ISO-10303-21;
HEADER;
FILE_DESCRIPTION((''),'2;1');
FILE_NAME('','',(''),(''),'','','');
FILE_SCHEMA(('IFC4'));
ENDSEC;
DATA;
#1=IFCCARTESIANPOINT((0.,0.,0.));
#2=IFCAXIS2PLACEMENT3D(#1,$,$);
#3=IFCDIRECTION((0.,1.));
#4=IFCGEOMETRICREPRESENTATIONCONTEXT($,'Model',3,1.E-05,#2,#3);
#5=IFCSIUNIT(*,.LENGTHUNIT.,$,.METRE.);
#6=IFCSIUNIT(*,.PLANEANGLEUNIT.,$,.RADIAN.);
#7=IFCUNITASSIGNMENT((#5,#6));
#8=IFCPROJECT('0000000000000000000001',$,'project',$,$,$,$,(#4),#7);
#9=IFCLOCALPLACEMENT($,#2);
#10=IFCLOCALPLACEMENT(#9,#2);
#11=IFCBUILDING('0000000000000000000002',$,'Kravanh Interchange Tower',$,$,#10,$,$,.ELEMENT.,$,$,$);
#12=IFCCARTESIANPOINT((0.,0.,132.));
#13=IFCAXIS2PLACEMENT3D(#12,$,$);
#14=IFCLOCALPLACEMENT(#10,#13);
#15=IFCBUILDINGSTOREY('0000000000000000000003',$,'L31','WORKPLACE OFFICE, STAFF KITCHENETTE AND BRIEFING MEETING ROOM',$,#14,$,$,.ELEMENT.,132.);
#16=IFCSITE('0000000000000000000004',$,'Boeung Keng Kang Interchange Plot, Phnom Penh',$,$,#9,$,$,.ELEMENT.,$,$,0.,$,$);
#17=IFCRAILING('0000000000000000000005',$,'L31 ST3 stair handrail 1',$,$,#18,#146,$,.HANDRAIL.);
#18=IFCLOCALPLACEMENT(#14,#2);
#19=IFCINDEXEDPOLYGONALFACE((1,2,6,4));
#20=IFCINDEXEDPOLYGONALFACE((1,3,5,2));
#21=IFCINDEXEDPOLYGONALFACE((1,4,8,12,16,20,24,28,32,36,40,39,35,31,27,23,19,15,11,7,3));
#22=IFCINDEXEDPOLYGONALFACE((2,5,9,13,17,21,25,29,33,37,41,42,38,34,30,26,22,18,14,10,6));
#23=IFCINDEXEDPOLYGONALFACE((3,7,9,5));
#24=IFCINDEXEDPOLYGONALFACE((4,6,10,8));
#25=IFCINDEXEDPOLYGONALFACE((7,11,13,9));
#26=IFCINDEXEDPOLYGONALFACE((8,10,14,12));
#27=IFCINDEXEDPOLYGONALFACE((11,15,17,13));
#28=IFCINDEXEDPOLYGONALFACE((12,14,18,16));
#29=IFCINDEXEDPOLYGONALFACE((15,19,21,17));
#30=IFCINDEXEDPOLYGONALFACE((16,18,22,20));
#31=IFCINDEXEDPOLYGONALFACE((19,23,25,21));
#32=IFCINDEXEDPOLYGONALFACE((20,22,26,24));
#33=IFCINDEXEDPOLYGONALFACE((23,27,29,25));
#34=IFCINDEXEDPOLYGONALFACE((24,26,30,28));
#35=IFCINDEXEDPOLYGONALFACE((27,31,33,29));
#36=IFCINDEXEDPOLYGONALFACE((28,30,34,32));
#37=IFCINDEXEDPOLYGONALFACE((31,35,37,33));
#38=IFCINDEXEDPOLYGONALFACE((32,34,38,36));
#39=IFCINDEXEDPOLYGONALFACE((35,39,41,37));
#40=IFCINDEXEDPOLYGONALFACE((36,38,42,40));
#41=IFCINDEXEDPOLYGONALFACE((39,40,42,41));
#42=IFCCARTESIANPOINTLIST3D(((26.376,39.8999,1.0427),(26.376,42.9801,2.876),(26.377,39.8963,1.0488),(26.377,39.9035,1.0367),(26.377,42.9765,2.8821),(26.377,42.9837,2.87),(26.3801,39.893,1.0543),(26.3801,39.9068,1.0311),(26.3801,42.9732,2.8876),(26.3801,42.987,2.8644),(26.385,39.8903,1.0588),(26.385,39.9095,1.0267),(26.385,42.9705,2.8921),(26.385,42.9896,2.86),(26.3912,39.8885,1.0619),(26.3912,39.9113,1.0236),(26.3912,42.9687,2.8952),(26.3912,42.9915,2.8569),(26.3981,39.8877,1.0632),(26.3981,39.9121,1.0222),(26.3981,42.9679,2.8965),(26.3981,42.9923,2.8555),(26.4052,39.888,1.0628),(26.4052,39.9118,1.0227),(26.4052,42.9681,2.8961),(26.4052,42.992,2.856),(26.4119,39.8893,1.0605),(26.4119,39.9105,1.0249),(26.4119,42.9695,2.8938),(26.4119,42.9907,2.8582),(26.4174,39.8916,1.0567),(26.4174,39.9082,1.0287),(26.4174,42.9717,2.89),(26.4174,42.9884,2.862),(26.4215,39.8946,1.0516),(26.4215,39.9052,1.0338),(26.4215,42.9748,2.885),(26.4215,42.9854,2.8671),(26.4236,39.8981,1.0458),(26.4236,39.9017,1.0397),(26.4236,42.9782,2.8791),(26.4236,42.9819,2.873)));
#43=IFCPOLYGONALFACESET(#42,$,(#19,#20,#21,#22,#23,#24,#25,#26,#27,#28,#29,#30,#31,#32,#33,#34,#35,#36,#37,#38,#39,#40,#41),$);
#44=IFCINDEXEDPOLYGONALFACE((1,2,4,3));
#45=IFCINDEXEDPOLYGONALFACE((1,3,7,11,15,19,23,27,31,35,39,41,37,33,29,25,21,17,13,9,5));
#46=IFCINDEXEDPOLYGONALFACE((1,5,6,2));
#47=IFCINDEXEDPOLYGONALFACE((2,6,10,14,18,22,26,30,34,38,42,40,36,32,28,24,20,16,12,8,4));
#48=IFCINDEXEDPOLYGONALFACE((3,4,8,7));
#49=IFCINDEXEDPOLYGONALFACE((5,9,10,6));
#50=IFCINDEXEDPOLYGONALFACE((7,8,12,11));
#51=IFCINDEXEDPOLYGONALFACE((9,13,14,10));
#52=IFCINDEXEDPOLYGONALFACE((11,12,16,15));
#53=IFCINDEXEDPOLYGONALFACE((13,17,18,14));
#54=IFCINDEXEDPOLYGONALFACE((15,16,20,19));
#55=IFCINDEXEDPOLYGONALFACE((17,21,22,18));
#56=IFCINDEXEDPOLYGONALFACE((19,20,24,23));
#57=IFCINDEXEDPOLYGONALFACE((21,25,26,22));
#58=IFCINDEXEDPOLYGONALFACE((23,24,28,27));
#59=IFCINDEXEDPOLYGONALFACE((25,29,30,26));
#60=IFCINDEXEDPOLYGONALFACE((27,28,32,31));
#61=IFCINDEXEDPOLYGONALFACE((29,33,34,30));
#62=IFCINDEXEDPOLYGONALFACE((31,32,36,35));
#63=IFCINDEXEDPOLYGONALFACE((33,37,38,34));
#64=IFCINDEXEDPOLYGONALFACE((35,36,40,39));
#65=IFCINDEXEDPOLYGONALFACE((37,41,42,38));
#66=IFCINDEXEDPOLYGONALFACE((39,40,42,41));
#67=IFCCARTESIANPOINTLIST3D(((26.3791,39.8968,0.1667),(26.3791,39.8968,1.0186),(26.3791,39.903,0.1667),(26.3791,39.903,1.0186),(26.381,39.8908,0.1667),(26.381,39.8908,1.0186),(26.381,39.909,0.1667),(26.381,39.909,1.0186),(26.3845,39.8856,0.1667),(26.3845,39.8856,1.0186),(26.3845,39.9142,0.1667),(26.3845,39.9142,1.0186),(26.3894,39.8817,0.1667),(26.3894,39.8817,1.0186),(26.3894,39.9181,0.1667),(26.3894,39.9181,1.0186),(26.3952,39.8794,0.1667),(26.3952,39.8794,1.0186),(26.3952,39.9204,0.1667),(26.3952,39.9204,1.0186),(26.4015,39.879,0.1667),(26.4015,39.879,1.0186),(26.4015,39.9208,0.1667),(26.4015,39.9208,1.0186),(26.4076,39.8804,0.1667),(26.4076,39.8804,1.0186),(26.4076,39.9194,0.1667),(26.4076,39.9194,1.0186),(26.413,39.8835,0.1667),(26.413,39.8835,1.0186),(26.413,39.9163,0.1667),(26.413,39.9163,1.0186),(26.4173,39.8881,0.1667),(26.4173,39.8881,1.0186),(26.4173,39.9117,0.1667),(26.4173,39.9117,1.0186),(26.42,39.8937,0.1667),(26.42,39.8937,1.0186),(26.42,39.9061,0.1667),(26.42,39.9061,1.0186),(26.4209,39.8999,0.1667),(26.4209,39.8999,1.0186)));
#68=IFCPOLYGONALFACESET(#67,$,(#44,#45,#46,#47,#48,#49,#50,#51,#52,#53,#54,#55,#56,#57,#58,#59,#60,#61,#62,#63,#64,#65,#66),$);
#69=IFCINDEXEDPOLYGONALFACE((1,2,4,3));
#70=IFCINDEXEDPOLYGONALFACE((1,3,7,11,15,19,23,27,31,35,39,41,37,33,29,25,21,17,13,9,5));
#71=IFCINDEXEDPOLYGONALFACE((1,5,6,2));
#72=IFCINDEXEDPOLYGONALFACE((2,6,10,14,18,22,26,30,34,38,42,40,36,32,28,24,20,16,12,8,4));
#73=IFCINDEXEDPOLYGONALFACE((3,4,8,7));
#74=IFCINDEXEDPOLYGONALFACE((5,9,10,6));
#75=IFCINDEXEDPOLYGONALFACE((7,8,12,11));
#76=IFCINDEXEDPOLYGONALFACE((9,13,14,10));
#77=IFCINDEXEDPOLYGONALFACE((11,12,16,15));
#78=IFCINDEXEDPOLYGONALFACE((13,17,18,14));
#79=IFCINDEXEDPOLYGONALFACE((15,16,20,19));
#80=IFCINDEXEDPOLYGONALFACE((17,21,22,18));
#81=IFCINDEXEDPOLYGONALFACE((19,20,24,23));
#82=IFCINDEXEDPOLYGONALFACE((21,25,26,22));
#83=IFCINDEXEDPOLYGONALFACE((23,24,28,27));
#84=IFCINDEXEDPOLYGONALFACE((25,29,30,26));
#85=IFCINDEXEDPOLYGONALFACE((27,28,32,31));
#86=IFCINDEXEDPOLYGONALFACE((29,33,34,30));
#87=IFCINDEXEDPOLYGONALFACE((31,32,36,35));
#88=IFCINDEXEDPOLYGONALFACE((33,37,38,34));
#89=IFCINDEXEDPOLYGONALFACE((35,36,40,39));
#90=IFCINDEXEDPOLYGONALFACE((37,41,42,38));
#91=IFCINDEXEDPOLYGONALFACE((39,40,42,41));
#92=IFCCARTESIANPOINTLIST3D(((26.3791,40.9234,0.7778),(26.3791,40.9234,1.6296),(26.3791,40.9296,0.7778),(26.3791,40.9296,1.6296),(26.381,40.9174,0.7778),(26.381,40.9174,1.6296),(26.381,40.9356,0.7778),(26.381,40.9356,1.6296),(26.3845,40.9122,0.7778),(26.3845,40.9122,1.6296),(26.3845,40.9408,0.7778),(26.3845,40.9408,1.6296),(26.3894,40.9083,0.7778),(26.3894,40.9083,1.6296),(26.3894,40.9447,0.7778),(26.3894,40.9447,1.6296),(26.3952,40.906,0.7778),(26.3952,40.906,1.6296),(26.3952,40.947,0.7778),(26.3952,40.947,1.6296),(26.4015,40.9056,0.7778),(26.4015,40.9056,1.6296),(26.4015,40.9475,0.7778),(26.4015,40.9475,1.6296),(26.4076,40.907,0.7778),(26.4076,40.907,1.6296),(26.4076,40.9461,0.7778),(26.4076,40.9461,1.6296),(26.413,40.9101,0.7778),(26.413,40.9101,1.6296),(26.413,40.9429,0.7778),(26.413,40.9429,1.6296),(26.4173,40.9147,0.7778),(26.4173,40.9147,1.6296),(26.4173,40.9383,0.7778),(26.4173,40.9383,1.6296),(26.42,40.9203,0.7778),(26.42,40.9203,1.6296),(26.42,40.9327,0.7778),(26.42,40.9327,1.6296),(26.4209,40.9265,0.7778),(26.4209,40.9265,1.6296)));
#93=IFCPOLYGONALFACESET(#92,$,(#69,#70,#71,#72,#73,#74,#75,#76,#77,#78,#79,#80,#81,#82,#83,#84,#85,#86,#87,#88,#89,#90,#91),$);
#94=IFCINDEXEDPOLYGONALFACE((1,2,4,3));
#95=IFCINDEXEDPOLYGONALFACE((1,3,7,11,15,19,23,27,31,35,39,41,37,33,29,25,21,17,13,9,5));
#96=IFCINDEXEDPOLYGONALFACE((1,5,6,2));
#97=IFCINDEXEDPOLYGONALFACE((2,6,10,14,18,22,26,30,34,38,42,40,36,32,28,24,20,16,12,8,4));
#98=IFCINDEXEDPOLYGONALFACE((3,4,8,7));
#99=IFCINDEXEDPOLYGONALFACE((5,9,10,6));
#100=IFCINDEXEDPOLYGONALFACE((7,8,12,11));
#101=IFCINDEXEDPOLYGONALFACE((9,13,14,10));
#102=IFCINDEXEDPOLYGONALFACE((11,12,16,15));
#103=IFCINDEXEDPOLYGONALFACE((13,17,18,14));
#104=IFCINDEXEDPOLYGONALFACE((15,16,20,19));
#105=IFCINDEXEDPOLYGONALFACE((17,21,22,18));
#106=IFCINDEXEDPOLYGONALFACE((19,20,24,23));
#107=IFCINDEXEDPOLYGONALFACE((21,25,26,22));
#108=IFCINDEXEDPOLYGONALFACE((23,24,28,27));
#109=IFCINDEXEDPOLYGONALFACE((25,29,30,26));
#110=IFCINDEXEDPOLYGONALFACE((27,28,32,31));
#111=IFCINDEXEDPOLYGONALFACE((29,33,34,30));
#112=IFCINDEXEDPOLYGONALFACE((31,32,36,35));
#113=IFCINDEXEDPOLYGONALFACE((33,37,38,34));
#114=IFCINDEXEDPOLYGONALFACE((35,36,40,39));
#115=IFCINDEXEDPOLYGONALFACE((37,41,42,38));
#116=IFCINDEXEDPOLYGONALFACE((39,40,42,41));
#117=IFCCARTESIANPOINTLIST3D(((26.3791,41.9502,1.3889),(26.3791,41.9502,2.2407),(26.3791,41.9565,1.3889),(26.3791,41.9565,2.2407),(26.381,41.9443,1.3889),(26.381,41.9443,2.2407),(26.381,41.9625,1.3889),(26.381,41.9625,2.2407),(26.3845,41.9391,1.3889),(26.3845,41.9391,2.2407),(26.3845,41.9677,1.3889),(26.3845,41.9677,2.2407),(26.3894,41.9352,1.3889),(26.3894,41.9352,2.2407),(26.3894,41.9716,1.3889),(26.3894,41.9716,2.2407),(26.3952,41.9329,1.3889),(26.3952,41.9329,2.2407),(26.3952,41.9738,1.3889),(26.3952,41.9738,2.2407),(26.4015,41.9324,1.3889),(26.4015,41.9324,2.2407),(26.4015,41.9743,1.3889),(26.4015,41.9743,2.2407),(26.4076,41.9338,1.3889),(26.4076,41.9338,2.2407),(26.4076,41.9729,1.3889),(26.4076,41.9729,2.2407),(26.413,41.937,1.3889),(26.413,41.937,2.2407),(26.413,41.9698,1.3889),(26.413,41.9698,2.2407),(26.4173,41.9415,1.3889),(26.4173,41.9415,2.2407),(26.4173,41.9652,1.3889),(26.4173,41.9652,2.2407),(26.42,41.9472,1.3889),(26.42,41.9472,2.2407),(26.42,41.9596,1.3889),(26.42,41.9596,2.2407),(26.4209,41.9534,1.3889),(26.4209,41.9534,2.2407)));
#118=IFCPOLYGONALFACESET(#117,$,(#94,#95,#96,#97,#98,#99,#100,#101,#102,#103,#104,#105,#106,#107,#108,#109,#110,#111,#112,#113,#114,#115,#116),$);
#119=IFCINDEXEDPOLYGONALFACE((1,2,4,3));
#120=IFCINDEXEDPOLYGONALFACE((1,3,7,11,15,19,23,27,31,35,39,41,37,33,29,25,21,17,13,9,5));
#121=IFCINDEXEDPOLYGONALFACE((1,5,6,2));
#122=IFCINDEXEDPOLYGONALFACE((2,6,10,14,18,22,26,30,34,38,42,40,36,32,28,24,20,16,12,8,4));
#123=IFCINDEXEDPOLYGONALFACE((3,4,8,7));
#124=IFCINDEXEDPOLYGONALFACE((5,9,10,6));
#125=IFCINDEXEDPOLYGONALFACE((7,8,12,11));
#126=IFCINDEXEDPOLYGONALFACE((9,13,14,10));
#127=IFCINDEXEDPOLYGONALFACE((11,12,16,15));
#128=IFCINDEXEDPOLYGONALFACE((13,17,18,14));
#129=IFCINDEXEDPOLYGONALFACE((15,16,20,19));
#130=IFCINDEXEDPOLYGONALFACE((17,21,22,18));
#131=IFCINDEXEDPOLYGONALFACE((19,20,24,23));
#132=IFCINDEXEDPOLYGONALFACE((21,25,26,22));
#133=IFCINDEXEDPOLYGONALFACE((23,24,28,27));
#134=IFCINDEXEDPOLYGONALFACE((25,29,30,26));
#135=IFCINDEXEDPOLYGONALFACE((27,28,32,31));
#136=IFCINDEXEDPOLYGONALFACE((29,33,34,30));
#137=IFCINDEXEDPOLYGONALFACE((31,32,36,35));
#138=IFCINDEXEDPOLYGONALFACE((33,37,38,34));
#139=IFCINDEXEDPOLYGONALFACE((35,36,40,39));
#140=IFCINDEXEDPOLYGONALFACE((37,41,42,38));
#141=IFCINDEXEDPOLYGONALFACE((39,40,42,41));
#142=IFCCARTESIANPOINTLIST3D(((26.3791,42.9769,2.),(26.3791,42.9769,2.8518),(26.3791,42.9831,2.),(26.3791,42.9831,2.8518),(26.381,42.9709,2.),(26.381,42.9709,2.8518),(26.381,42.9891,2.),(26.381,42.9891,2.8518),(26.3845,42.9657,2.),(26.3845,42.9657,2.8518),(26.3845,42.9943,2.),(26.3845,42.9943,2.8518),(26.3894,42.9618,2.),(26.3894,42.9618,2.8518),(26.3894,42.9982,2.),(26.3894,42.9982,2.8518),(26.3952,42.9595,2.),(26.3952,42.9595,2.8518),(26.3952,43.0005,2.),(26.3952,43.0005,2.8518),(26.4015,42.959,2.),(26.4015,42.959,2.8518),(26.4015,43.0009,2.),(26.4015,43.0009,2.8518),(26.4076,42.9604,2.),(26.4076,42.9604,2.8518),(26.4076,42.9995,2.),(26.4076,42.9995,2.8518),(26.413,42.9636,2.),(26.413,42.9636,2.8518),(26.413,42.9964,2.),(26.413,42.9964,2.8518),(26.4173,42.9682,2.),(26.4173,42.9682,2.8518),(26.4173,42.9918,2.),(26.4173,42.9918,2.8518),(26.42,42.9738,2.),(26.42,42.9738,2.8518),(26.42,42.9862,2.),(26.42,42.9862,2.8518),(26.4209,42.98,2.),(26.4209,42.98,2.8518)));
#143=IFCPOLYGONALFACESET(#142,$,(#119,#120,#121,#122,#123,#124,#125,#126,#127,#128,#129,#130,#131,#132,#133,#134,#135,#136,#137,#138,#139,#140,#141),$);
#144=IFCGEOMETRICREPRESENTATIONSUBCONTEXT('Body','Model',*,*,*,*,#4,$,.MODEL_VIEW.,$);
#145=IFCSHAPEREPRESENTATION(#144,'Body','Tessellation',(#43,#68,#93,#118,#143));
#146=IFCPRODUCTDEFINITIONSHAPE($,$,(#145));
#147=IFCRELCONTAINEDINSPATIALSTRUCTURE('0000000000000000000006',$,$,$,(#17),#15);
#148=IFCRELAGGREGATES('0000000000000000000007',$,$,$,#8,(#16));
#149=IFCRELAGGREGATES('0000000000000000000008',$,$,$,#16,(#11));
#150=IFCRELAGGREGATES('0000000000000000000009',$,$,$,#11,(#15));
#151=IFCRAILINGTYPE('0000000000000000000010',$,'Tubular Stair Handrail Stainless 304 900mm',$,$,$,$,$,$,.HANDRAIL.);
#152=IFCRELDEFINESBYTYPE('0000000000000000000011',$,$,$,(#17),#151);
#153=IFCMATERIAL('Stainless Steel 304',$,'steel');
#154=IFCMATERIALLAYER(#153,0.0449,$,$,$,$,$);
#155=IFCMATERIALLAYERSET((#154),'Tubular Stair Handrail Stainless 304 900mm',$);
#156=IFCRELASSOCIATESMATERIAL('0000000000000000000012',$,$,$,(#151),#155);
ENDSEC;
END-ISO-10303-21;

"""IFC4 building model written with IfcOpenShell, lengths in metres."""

from ifc_helpers import new_model, si_unit, direction, frame, origin, origin_2d, place, context, subcontext, project, spatial, circle, extrude, material, layer, layer_set, type_object, element, save


model = new_model("IFC4")

# Units and contexts
model_context = context("Model", 3, precision=1e-05, world=origin(), true_north=direction((0.0, 1.0)))
body_context = subcontext(model_context, "Body", "Model", "MODEL_VIEW")
ifc_project = project(units=[si_unit("LENGTHUNIT", "METRE"), si_unit("PLANEANGLEUNIT", "RADIAN")], contexts=[model_context])

# Site, building, storey
site_placement = place(None, origin())
site = spatial("IfcSite", under=ifc_project, at=site_placement, Name="Boeung Keng Kang Interchange Plot, Phnom Penh", CompositionType="ELEMENT", RefElevation=0.0)
building_placement = place(site_placement, origin())
building = spatial("IfcBuilding", under=site, at=building_placement, Name="Kravanh Interchange Tower", CompositionType="ELEMENT")
storey_placement = place(building_placement, frame((0.0, 0.0, 132.0)))
storey = spatial("IfcBuildingStorey", under=building, at=storey_placement, Name="L31", Description="WORKPLACE OFFICE, STAFF KITCHENETTE AND BRIEFING MEETING ROOM", CompositionType="ELEMENT", Elevation=132.0)

# Railing
ifc_material_1 = material(Name="Stainless Steel 304", Category="steel")
ifc_layer_1 = layer(ifc_material_1, 0.0449)
ifc_layer_set_1 = layer_set([ifc_layer_1], Name="Tubular Stair Handrail Stainless 304 900mm")
railing_type_1 = type_object("IfcRailingType", Name="Tubular Stair Handrail Stainless 304 900mm", PredefinedType="HANDRAIL", material=ifc_layer_set_1)
railing_1_placement = place(storey_placement, frame((26.3999, 39.8999, 0.1667)))
element("IfcRailing", 1, at=railing_1_placement, inside=storey, type_object=railing_type_1, Name="L31 ST3 stair handrail 1", PredefinedType="HANDRAIL", context=body_context, shape_type="SweptSolid", body=[
    extrude(circle(Radius=0.0239, at=origin_2d()), frame((0.0, 0.0, 0.876), z_axis=(0.0, 0.859309, 0.511458), x_axis=(-1.0, 0.0, 0.0)), (0.0, 0.0, 1.0), 3.5845),
    extrude(circle(Radius=0.021, at=origin_2d()), origin(), (0.0, 0.0, 1.0), 0.8518),
    extrude(circle(Radius=0.021, at=origin_2d()), frame((0.0, 1.0266, 0.6111)), (0.0, 0.0, 1.0), 0.8518),
    extrude(circle(Radius=0.021, at=origin_2d()), frame((0.0, 2.0535, 1.2222)), (0.0, 0.0, 1.0), 0.8518),
    extrude(circle(Radius=0.021, at=origin_2d()), frame((0.0, 3.0801, 1.8333)), (0.0, 0.0, 1.0), 0.8518),
])

save(model, "model.ifc")
